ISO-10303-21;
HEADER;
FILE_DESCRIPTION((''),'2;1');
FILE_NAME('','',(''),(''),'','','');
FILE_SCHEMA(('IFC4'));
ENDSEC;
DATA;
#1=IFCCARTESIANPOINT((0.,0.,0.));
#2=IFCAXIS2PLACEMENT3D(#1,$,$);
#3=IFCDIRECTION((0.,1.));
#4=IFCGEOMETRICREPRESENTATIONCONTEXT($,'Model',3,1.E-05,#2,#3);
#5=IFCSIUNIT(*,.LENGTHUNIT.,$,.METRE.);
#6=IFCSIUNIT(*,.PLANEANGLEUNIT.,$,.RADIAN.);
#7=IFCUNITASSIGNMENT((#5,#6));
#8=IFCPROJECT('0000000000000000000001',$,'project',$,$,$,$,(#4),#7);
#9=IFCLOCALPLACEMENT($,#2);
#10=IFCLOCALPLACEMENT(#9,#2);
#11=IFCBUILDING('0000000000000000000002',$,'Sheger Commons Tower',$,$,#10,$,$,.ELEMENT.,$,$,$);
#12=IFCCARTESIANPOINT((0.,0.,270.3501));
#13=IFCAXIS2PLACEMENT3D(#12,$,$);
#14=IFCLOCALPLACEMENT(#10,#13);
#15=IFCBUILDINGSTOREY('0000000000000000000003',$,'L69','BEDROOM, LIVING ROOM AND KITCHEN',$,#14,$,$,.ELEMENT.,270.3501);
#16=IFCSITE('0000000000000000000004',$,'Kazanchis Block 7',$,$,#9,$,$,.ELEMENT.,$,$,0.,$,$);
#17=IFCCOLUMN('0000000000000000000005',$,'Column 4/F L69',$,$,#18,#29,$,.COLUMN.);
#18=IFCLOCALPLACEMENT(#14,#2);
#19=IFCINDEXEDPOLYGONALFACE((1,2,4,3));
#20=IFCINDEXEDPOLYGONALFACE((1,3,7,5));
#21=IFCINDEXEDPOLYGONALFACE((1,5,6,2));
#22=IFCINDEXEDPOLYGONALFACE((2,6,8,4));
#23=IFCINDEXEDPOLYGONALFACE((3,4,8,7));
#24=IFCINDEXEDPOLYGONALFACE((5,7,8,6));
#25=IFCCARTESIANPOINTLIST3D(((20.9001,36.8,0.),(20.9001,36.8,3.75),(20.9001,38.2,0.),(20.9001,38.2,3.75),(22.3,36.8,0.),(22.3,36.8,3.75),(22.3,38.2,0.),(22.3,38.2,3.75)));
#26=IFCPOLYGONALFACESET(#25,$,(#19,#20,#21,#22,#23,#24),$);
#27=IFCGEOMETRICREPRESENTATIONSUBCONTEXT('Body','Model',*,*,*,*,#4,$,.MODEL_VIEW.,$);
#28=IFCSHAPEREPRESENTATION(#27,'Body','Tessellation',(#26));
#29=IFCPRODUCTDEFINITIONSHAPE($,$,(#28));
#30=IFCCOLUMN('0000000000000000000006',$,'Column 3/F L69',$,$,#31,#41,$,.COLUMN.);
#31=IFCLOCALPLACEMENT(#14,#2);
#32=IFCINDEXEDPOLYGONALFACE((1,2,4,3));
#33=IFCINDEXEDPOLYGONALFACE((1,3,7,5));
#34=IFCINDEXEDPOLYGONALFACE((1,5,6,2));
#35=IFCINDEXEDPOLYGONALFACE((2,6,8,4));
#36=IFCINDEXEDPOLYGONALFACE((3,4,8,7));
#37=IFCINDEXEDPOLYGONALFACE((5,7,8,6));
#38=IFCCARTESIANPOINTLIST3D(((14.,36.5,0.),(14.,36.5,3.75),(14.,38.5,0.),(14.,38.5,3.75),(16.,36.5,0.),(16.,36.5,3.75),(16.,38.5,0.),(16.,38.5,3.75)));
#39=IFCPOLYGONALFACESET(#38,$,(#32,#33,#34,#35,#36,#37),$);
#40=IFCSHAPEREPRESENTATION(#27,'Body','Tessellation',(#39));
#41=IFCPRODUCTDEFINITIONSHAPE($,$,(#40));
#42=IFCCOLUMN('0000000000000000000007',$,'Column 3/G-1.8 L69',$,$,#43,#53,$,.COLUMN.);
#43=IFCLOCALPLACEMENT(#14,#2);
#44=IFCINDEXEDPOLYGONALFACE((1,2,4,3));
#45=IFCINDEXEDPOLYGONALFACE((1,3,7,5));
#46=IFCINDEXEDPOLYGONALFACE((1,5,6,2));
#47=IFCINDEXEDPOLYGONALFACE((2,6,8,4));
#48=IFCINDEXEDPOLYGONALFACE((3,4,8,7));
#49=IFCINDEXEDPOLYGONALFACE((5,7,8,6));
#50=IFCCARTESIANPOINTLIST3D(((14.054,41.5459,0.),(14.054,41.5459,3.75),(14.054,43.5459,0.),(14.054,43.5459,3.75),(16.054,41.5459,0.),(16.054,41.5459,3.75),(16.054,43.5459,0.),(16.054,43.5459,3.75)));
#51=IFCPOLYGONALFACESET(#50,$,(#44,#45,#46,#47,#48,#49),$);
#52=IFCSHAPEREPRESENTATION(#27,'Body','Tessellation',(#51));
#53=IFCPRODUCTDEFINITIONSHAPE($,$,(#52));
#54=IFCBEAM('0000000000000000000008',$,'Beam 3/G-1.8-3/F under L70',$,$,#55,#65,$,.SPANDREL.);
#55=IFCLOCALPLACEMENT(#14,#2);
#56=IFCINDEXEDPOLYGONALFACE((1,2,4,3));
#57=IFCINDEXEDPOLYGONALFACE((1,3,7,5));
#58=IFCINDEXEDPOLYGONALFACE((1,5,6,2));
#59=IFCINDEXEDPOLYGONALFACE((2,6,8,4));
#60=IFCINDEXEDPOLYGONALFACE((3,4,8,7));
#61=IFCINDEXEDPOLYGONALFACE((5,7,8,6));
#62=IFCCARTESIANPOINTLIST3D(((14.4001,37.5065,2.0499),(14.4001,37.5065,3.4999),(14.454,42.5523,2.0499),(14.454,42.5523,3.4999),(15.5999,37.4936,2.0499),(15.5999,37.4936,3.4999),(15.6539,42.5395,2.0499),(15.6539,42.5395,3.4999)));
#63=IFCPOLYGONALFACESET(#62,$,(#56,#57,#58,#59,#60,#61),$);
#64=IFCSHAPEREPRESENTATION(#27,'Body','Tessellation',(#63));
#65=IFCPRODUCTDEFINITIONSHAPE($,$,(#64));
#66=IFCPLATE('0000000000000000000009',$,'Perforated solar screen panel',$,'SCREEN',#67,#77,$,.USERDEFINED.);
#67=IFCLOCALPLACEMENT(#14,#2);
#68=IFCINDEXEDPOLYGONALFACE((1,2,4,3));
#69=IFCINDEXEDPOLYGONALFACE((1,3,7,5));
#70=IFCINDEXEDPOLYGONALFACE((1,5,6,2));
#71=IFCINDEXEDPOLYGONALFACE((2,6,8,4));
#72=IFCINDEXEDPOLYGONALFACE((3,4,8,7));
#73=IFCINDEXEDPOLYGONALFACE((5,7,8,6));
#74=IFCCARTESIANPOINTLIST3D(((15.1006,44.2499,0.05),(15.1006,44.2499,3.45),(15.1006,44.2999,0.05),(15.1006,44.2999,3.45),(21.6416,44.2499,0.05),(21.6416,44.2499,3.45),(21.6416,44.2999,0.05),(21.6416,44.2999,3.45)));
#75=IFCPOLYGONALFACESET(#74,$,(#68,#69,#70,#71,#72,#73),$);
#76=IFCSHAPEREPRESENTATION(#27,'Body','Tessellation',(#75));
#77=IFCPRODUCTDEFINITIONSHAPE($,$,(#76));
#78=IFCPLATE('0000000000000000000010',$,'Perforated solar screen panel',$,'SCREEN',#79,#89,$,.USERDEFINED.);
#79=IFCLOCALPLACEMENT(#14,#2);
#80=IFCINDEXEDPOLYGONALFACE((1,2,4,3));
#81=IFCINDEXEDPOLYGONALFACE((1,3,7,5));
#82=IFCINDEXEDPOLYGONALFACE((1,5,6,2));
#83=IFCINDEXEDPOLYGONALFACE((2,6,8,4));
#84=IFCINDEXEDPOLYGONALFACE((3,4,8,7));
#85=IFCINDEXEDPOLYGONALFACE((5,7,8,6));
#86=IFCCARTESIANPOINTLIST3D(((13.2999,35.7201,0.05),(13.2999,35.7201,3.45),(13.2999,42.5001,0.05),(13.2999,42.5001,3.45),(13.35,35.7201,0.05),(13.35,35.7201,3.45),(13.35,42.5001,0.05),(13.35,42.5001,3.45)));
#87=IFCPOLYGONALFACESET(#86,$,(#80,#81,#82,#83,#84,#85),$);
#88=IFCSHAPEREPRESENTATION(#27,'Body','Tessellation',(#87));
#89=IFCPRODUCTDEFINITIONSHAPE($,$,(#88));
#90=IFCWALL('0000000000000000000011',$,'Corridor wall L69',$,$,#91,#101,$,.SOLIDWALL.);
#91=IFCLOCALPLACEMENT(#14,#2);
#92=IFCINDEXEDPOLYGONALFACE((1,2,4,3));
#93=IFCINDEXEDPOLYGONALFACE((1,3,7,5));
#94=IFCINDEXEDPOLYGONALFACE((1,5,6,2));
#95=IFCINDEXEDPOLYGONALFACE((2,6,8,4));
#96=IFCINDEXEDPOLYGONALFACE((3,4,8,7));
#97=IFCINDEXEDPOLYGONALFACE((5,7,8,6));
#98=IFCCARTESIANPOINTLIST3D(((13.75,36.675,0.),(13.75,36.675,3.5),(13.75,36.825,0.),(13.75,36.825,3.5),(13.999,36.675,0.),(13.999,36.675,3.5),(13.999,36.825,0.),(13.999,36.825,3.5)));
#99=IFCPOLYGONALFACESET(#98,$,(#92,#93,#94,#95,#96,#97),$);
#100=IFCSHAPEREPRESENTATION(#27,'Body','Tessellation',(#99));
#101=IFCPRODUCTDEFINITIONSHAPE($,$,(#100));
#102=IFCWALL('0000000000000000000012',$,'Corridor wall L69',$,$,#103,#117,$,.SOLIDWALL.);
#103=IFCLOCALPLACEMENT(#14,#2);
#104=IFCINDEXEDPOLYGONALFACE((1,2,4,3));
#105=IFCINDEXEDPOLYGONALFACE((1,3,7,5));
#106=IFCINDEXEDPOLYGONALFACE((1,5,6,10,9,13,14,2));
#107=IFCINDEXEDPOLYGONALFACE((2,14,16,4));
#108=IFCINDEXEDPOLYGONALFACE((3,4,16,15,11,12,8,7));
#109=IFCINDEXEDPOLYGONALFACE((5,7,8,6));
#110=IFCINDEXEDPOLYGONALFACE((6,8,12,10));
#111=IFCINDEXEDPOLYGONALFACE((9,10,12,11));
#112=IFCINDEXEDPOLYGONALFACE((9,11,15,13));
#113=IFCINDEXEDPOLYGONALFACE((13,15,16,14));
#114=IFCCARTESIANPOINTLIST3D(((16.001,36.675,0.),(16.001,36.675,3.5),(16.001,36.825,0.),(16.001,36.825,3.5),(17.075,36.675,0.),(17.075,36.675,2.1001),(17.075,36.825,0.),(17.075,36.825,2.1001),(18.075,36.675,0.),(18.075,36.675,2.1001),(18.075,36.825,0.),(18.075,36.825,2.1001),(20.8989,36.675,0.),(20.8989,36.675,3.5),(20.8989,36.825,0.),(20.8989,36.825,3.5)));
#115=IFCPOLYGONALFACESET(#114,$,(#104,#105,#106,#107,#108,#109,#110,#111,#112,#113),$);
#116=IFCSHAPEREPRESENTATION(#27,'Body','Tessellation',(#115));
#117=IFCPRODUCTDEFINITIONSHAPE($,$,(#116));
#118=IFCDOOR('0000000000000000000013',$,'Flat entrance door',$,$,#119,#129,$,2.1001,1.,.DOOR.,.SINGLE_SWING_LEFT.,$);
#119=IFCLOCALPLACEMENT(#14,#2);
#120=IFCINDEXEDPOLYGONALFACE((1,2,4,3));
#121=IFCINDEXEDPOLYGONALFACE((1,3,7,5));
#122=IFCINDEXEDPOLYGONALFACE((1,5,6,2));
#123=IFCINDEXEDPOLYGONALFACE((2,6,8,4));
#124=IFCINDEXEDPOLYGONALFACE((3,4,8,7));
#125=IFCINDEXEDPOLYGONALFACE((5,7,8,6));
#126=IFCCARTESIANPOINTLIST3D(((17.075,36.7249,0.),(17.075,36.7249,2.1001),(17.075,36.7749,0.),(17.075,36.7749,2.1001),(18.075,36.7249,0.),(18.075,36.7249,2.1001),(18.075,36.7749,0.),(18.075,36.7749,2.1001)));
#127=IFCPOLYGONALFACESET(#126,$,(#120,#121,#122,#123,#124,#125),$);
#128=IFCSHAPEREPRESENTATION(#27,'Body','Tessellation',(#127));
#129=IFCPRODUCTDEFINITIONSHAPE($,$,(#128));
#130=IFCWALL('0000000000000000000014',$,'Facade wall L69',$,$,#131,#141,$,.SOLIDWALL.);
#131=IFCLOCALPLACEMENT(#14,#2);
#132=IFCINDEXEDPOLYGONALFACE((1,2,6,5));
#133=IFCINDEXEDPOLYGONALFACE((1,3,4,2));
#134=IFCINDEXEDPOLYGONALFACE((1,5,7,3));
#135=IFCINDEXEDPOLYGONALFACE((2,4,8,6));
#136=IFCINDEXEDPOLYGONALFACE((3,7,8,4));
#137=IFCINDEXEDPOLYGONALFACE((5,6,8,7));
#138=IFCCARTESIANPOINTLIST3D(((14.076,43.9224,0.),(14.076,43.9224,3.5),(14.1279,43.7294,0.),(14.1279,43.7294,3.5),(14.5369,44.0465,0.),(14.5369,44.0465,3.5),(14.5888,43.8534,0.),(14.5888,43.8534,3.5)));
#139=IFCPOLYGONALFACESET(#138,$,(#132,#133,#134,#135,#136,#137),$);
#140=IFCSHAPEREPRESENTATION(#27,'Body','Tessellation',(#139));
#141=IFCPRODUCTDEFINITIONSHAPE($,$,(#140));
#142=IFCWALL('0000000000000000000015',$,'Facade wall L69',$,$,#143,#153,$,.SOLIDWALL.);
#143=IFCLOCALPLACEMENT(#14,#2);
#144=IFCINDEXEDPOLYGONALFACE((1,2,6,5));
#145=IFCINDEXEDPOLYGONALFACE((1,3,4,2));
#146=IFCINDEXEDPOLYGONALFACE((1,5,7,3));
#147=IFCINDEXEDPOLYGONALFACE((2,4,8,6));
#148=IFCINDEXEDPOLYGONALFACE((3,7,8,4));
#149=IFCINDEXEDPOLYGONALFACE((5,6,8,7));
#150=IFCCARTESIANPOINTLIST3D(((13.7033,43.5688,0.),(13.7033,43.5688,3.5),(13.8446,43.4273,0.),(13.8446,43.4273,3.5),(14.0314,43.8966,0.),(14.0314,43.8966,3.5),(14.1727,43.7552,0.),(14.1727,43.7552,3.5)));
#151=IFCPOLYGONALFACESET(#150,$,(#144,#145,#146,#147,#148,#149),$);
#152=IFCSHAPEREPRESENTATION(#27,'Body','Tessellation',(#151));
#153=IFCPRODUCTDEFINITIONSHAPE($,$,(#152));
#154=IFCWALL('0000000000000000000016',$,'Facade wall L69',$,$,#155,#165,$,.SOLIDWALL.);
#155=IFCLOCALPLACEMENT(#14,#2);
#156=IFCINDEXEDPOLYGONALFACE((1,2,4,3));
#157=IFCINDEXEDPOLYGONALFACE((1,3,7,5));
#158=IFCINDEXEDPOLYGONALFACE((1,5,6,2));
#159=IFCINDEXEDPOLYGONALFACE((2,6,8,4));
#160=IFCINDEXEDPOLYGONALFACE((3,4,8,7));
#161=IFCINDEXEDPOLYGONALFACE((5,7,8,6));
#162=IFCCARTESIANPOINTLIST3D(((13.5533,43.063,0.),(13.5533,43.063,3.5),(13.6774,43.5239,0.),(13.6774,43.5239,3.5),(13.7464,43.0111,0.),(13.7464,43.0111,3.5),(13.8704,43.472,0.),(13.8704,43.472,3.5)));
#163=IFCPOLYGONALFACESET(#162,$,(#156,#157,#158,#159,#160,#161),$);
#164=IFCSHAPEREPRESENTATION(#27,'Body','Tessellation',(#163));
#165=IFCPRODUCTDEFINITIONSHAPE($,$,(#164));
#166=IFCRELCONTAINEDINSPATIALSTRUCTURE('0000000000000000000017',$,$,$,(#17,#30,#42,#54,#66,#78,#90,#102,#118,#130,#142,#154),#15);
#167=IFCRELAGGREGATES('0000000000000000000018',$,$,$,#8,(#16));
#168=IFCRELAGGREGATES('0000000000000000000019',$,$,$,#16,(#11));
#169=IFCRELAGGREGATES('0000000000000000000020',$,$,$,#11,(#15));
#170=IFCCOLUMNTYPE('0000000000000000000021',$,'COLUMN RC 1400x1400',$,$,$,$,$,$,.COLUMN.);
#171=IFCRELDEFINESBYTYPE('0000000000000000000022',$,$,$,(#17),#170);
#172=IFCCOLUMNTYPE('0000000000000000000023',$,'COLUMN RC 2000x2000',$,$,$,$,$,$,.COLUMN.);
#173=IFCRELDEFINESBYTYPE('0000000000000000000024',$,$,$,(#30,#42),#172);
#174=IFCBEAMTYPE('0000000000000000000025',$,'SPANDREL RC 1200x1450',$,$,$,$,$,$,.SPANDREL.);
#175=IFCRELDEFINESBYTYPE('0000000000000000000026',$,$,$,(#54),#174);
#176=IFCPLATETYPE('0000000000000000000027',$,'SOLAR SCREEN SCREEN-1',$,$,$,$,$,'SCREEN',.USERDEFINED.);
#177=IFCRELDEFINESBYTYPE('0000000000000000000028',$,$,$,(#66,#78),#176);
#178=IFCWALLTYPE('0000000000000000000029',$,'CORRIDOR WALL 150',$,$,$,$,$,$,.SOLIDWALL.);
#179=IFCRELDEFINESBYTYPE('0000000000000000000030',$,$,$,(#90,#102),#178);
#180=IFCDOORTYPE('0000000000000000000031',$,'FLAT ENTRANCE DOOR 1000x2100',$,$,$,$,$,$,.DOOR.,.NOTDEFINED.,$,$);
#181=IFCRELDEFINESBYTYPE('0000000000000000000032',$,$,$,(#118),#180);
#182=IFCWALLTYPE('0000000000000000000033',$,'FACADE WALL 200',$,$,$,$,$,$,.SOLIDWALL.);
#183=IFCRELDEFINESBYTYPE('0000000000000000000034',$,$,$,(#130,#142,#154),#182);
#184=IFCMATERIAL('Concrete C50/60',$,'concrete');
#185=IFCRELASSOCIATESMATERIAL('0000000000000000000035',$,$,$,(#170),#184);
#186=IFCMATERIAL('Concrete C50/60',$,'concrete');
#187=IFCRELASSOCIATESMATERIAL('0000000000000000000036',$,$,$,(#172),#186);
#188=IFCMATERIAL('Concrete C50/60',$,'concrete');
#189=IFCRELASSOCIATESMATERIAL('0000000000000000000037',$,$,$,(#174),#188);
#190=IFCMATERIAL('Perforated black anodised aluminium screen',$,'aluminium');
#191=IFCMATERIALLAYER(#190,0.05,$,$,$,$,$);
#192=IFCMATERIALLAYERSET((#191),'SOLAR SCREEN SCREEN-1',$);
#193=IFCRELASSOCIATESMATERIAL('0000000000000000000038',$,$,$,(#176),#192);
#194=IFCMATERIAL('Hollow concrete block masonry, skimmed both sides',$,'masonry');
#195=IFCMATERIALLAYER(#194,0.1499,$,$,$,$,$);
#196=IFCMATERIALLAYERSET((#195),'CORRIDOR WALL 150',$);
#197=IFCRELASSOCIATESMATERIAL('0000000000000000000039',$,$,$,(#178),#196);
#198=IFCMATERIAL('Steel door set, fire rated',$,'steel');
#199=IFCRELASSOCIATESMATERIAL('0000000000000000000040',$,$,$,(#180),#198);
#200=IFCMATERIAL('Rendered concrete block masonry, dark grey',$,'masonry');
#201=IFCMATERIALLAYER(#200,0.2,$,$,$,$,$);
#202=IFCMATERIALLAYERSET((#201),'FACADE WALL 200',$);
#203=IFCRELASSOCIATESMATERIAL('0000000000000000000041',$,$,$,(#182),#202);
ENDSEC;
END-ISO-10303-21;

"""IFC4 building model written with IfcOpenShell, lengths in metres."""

from ifc_helpers import new_model, si_unit, direction, frame, frame_2d, origin, origin_2d, place, context, subcontext, project, spatial, rectangle, extrude, material, layer, layer_set, material_profile, profile_set, type_object, element, fill, save


model = new_model("IFC4")

# Units and contexts
model_context = context("Model", 3, precision=1e-05, world=origin(), true_north=direction((0.0, 1.0)))
body_context = subcontext(model_context, "Body", "Model", "MODEL_VIEW")
ifc_project = project(units=[si_unit("LENGTHUNIT", "METRE"), si_unit("PLANEANGLEUNIT", "RADIAN")], contexts=[model_context])

# Site, building, storey
site_placement = place(None, origin())
site = spatial("IfcSite", under=ifc_project, at=site_placement, Name="Kazanchis Block 7", CompositionType="ELEMENT", RefElevation=0.0)
building_placement = place(site_placement, origin())
building = spatial("IfcBuilding", under=site, at=building_placement, Name="Sheger Commons Tower", CompositionType="ELEMENT")
storey_placement = place(building_placement, frame((0.0, 0.0, 270.3501)))
storey = spatial("IfcBuildingStorey", under=building, at=storey_placement, Name="L69", Description="BEDROOM, LIVING ROOM AND KITCHEN", CompositionType="ELEMENT", Elevation=270.3501)

# Columns
ifc_material_1 = material(Name="Concrete C50/60", Category="concrete")
ifc_material_profile_1 = material_profile(ifc_material_1, rectangle(XDim=1.3999, YDim=1.3999, at=origin_2d()), Name="RC 1400x1400")
ifc_profile_set_1 = profile_set([ifc_material_profile_1], Name="Concrete C50/60")
column_type_1 = type_object("IfcColumnType", Name="COLUMN RC 1400x1400", PredefinedType="COLUMN", material=ifc_profile_set_1)
column_placement = place(storey_placement, frame((21.6001, 37.5, 0.0), z_axis=(0.0, 0.0, 1.0), x_axis=(1.0, 0.0, 0.0)))
element("IfcColumn", 1, at=column_placement, inside=storey, type_object=column_type_1, Name="Column 4/F L69", PredefinedType="COLUMN", context=body_context, shape_type="SweptSolid", body=[
    extrude(rectangle(XDim=1.3999, YDim=1.3999, at=origin_2d()), origin(), (0.0, 0.0, 1.0), 3.75),
])
ifc_material_2 = material(Name="Concrete C50/60", Category="concrete")
ifc_material_profile_2 = material_profile(ifc_material_2, rectangle(XDim=2.0, YDim=2.0, at=origin_2d()), Name="RC 2000x2000")
ifc_profile_set_2 = profile_set([ifc_material_profile_2], Name="Concrete C50/60")
column_type_2 = type_object("IfcColumnType", Name="COLUMN RC 2000x2000", PredefinedType="COLUMN", material=ifc_profile_set_2)
for number, where, z_axis, x_axis, name in (
    (2, (15.0, 37.5, 0.0), (0.0, 0.0, 1.0), (1.0, 0.0, 0.0), "Column 3/F L69"),
    (3, (15.054, 42.5459, 0.0), (0.0, 0.0, 1.0), (1.0, 0.0, 0.0), "Column 3/G-1.8 L69"),
):
    element("IfcColumn", number, at=place(storey_placement, frame(where, z_axis=z_axis, x_axis=x_axis)), inside=storey, type_object=column_type_2, Name=name, PredefinedType="COLUMN", context=body_context, shape_type="SweptSolid", body=[
        extrude(rectangle(XDim=2.0, YDim=2.0, at=origin_2d()), origin(), (0.0, 0.0, 1.0), 3.75),
    ])

# Beam
ifc_material_3 = material(Name="Concrete C50/60", Category="concrete")
ifc_material_profile_3 = material_profile(ifc_material_3, rectangle(XDim=1.2, YDim=1.45, at=origin_2d()), Name="RC 1200x1450")
ifc_profile_set_3 = profile_set([ifc_material_profile_3], Name="Concrete C50/60")
beam_type = type_object("IfcBeamType", Name="SPANDREL RC 1200x1450", PredefinedType="SPANDREL", material=ifc_profile_set_3)
beam_placement = place(storey_placement, frame((15.054, 42.5459, 2.7749), z_axis=(-0.010692, -0.999943, 0.0), x_axis=(0.999943, -0.010692, 0.0)))
element("IfcBeam", 4, at=beam_placement, inside=storey, type_object=beam_type, Name="Beam 3/G-1.8-3/F under L70", PredefinedType="SPANDREL", context=body_context, shape_type="SweptSolid", body=[
    extrude(rectangle(XDim=1.2, YDim=1.45, at=origin_2d()), origin(), (0.0, 0.0, 1.0), 5.0461),
])

# Plates
ifc_material_4 = material(Name="Perforated black anodised aluminium screen", Category="aluminium")
ifc_layer_1 = layer(ifc_material_4, 0.05)
ifc_layer_set_1 = layer_set([ifc_layer_1], Name="SOLAR SCREEN SCREEN-1")
plate_type = type_object("IfcPlateType", Name="SOLAR SCREEN SCREEN-1", ElementType="SCREEN", PredefinedType="USERDEFINED", material=ifc_layer_set_1)
plate_1_placement = place(storey_placement, frame((18.3711, 44.2749, 0.05), z_axis=(0.0, 0.0, 1.0), x_axis=(-1.0, 0.0, 0.0)))
element("IfcPlate", 5, at=plate_1_placement, inside=storey, type_object=plate_type, Name="Perforated solar screen panel", ObjectType="SCREEN", PredefinedType="USERDEFINED", context=body_context, shape_type="SweptSolid", body=[
    extrude(rectangle(XDim=6.541, YDim=0.05, at=origin_2d()), origin(), (0.0, 0.0, 1.0), 3.3999),
])
plate_2_placement = place(storey_placement, frame((13.325, 39.1101, 0.05), z_axis=(0.0, 0.0, 1.0), x_axis=(0.0, -1.0, 0.0)))
element("IfcPlate", 6, at=plate_2_placement, inside=storey, type_object=plate_type, Name="Perforated solar screen panel", ObjectType="SCREEN", PredefinedType="USERDEFINED", context=body_context, shape_type="SweptSolid", body=[
    extrude(rectangle(XDim=6.78, YDim=0.05, at=origin_2d()), origin(), (0.0, 0.0, 1.0), 3.3999),
])

# Wall
ifc_material_5 = material(Name="Hollow concrete block masonry, skimmed both sides", Category="masonry")
ifc_layer_2 = layer(ifc_material_5, 0.1499)
ifc_layer_set_2 = layer_set([ifc_layer_2], Name="CORRIDOR WALL 150")
wall_type_1 = type_object("IfcWallType", Name="CORRIDOR WALL 150", PredefinedType="SOLIDWALL", material=ifc_layer_set_2)
wall_1_placement = place(storey_placement, frame((13.75, 36.75, 0.0), z_axis=(0.0, 0.0, 1.0), x_axis=(1.0, 0.0, 0.0)))
element("IfcWall", 7, at=wall_1_placement, inside=storey, type_object=wall_type_1, Name="Corridor wall L69", PredefinedType="SOLIDWALL", context=body_context, shape_type="SweptSolid", body=[
    extrude(rectangle(XDim=0.249, YDim=0.1499, at=frame_2d((0.1245, 0.0))), origin(), (0.0, 0.0, 1.0), 3.5),
])

# Wall, opening, door
wall_2_placement = place(storey_placement, frame((16.001, 36.75, 0.0), z_axis=(0.0, 0.0, 1.0), x_axis=(1.0, 0.0, 0.0)))
wall_2 = element("IfcWall", 8, at=wall_2_placement, inside=storey, type_object=wall_type_1, Name="Corridor wall L69", PredefinedType="SOLIDWALL", context=body_context, shape_type="SweptSolid", body=[
    extrude(rectangle(XDim=4.8979, YDim=0.1499, at=frame_2d((2.449, 0.0))), origin(), (0.0, 0.0, 1.0), 3.5),
])
opening_1_placement = place(wall_2_placement, frame((1.074, 0.0, 0.0)))
opening_1 = element("IfcOpeningElement", 9, at=opening_1_placement, cuts=wall_2, PredefinedType="OPENING", context=body_context, shape_type="SweptSolid", body=[
    extrude(rectangle(XDim=1.0, YDim=2.1001, at=frame_2d((0.5, 1.05))), frame((0.0, 0.085, 0.0), z_axis=(0.0, -1.0, 0.0), x_axis=(1.0, 0.0, 0.0)), (0.0, 0.0, 1.0), 0.1699),
])
ifc_material_6 = material(Name="Steel door set, fire rated", Category="steel")
door_type_1 = type_object("IfcDoorType", Name="FLAT ENTRANCE DOOR 1000x2100", OperationType="NOTDEFINED", PredefinedType="DOOR", material=ifc_material_6)
door_1_placement = place(opening_1_placement, origin())
door_1 = element("IfcDoor", 10, at=door_1_placement, inside=storey, type_object=door_type_1, Name="Flat entrance door", OperationType="SINGLE_SWING_LEFT", OverallHeight=2.1001, OverallWidth=1.0, PredefinedType="DOOR", context=body_context, shape_type="SweptSolid", body=[
    extrude(rectangle(XDim=1.0, YDim=2.1001, at=frame_2d((0.5, 1.05))), frame((0.0, 0.0249, 0.0), z_axis=(0.0, -1.0, 0.0), x_axis=(1.0, 0.0, 0.0)), (0.0, 0.0, 1.0), 0.05),
])
fill(opening_1, door_1)

# Walls
ifc_material_7 = material(Name="Rendered concrete block masonry, dark grey", Category="masonry")
ifc_layer_3 = layer(ifc_material_7, 0.2)
ifc_layer_set_3 = layer_set([ifc_layer_3], Name="FACADE WALL 200")
wall_type_2 = type_object("IfcWallType", Name="FACADE WALL 200", PredefinedType="SOLIDWALL", material=ifc_layer_set_3)
wall_3_placement = place(storey_placement, frame((14.563, 43.95, 0.0), z_axis=(0.0, 0.0, 1.0), x_axis=(-0.965655, -0.259827, 0.0)))
element("IfcWall", 11, at=wall_3_placement, inside=storey, type_object=wall_type_2, Name="Facade wall L69", PredefinedType="SOLIDWALL", context=body_context, shape_type="SweptSolid", body=[
    extrude(rectangle(XDim=0.4773, YDim=0.2, at=frame_2d((0.2388, 0.0))), origin(), (0.0, 0.0, 1.0), 3.5),
])
wall_4_placement = place(storey_placement, frame((14.1021, 43.8259, 0.0), z_axis=(0.0, 0.0, 1.0), x_axis=(-0.70737, -0.706844, 0.0)))
element("IfcWall", 12, at=wall_4_placement, inside=storey, type_object=wall_type_2, Name="Facade wall L69", PredefinedType="SOLIDWALL", context=body_context, shape_type="SweptSolid", body=[
    extrude(rectangle(XDim=0.4639, YDim=0.2, at=frame_2d((0.2319, 0.0))), origin(), (0.0, 0.0, 1.0), 3.5),
])
wall_5_placement = place(storey_placement, frame((13.7739, 43.498, 0.0), z_axis=(0.0, 0.0, 1.0), x_axis=(-0.259827, -0.965655, 0.0)))
element("IfcWall", 13, at=wall_5_placement, inside=storey, type_object=wall_type_2, Name="Facade wall L69", PredefinedType="SOLIDWALL", context=body_context, shape_type="SweptSolid", body=[
    extrude(rectangle(XDim=0.4773, YDim=0.2, at=frame_2d((0.2388, 0.0))), origin(), (0.0, 0.0, 1.0), 3.5),
])

save(model, "model.ifc")
